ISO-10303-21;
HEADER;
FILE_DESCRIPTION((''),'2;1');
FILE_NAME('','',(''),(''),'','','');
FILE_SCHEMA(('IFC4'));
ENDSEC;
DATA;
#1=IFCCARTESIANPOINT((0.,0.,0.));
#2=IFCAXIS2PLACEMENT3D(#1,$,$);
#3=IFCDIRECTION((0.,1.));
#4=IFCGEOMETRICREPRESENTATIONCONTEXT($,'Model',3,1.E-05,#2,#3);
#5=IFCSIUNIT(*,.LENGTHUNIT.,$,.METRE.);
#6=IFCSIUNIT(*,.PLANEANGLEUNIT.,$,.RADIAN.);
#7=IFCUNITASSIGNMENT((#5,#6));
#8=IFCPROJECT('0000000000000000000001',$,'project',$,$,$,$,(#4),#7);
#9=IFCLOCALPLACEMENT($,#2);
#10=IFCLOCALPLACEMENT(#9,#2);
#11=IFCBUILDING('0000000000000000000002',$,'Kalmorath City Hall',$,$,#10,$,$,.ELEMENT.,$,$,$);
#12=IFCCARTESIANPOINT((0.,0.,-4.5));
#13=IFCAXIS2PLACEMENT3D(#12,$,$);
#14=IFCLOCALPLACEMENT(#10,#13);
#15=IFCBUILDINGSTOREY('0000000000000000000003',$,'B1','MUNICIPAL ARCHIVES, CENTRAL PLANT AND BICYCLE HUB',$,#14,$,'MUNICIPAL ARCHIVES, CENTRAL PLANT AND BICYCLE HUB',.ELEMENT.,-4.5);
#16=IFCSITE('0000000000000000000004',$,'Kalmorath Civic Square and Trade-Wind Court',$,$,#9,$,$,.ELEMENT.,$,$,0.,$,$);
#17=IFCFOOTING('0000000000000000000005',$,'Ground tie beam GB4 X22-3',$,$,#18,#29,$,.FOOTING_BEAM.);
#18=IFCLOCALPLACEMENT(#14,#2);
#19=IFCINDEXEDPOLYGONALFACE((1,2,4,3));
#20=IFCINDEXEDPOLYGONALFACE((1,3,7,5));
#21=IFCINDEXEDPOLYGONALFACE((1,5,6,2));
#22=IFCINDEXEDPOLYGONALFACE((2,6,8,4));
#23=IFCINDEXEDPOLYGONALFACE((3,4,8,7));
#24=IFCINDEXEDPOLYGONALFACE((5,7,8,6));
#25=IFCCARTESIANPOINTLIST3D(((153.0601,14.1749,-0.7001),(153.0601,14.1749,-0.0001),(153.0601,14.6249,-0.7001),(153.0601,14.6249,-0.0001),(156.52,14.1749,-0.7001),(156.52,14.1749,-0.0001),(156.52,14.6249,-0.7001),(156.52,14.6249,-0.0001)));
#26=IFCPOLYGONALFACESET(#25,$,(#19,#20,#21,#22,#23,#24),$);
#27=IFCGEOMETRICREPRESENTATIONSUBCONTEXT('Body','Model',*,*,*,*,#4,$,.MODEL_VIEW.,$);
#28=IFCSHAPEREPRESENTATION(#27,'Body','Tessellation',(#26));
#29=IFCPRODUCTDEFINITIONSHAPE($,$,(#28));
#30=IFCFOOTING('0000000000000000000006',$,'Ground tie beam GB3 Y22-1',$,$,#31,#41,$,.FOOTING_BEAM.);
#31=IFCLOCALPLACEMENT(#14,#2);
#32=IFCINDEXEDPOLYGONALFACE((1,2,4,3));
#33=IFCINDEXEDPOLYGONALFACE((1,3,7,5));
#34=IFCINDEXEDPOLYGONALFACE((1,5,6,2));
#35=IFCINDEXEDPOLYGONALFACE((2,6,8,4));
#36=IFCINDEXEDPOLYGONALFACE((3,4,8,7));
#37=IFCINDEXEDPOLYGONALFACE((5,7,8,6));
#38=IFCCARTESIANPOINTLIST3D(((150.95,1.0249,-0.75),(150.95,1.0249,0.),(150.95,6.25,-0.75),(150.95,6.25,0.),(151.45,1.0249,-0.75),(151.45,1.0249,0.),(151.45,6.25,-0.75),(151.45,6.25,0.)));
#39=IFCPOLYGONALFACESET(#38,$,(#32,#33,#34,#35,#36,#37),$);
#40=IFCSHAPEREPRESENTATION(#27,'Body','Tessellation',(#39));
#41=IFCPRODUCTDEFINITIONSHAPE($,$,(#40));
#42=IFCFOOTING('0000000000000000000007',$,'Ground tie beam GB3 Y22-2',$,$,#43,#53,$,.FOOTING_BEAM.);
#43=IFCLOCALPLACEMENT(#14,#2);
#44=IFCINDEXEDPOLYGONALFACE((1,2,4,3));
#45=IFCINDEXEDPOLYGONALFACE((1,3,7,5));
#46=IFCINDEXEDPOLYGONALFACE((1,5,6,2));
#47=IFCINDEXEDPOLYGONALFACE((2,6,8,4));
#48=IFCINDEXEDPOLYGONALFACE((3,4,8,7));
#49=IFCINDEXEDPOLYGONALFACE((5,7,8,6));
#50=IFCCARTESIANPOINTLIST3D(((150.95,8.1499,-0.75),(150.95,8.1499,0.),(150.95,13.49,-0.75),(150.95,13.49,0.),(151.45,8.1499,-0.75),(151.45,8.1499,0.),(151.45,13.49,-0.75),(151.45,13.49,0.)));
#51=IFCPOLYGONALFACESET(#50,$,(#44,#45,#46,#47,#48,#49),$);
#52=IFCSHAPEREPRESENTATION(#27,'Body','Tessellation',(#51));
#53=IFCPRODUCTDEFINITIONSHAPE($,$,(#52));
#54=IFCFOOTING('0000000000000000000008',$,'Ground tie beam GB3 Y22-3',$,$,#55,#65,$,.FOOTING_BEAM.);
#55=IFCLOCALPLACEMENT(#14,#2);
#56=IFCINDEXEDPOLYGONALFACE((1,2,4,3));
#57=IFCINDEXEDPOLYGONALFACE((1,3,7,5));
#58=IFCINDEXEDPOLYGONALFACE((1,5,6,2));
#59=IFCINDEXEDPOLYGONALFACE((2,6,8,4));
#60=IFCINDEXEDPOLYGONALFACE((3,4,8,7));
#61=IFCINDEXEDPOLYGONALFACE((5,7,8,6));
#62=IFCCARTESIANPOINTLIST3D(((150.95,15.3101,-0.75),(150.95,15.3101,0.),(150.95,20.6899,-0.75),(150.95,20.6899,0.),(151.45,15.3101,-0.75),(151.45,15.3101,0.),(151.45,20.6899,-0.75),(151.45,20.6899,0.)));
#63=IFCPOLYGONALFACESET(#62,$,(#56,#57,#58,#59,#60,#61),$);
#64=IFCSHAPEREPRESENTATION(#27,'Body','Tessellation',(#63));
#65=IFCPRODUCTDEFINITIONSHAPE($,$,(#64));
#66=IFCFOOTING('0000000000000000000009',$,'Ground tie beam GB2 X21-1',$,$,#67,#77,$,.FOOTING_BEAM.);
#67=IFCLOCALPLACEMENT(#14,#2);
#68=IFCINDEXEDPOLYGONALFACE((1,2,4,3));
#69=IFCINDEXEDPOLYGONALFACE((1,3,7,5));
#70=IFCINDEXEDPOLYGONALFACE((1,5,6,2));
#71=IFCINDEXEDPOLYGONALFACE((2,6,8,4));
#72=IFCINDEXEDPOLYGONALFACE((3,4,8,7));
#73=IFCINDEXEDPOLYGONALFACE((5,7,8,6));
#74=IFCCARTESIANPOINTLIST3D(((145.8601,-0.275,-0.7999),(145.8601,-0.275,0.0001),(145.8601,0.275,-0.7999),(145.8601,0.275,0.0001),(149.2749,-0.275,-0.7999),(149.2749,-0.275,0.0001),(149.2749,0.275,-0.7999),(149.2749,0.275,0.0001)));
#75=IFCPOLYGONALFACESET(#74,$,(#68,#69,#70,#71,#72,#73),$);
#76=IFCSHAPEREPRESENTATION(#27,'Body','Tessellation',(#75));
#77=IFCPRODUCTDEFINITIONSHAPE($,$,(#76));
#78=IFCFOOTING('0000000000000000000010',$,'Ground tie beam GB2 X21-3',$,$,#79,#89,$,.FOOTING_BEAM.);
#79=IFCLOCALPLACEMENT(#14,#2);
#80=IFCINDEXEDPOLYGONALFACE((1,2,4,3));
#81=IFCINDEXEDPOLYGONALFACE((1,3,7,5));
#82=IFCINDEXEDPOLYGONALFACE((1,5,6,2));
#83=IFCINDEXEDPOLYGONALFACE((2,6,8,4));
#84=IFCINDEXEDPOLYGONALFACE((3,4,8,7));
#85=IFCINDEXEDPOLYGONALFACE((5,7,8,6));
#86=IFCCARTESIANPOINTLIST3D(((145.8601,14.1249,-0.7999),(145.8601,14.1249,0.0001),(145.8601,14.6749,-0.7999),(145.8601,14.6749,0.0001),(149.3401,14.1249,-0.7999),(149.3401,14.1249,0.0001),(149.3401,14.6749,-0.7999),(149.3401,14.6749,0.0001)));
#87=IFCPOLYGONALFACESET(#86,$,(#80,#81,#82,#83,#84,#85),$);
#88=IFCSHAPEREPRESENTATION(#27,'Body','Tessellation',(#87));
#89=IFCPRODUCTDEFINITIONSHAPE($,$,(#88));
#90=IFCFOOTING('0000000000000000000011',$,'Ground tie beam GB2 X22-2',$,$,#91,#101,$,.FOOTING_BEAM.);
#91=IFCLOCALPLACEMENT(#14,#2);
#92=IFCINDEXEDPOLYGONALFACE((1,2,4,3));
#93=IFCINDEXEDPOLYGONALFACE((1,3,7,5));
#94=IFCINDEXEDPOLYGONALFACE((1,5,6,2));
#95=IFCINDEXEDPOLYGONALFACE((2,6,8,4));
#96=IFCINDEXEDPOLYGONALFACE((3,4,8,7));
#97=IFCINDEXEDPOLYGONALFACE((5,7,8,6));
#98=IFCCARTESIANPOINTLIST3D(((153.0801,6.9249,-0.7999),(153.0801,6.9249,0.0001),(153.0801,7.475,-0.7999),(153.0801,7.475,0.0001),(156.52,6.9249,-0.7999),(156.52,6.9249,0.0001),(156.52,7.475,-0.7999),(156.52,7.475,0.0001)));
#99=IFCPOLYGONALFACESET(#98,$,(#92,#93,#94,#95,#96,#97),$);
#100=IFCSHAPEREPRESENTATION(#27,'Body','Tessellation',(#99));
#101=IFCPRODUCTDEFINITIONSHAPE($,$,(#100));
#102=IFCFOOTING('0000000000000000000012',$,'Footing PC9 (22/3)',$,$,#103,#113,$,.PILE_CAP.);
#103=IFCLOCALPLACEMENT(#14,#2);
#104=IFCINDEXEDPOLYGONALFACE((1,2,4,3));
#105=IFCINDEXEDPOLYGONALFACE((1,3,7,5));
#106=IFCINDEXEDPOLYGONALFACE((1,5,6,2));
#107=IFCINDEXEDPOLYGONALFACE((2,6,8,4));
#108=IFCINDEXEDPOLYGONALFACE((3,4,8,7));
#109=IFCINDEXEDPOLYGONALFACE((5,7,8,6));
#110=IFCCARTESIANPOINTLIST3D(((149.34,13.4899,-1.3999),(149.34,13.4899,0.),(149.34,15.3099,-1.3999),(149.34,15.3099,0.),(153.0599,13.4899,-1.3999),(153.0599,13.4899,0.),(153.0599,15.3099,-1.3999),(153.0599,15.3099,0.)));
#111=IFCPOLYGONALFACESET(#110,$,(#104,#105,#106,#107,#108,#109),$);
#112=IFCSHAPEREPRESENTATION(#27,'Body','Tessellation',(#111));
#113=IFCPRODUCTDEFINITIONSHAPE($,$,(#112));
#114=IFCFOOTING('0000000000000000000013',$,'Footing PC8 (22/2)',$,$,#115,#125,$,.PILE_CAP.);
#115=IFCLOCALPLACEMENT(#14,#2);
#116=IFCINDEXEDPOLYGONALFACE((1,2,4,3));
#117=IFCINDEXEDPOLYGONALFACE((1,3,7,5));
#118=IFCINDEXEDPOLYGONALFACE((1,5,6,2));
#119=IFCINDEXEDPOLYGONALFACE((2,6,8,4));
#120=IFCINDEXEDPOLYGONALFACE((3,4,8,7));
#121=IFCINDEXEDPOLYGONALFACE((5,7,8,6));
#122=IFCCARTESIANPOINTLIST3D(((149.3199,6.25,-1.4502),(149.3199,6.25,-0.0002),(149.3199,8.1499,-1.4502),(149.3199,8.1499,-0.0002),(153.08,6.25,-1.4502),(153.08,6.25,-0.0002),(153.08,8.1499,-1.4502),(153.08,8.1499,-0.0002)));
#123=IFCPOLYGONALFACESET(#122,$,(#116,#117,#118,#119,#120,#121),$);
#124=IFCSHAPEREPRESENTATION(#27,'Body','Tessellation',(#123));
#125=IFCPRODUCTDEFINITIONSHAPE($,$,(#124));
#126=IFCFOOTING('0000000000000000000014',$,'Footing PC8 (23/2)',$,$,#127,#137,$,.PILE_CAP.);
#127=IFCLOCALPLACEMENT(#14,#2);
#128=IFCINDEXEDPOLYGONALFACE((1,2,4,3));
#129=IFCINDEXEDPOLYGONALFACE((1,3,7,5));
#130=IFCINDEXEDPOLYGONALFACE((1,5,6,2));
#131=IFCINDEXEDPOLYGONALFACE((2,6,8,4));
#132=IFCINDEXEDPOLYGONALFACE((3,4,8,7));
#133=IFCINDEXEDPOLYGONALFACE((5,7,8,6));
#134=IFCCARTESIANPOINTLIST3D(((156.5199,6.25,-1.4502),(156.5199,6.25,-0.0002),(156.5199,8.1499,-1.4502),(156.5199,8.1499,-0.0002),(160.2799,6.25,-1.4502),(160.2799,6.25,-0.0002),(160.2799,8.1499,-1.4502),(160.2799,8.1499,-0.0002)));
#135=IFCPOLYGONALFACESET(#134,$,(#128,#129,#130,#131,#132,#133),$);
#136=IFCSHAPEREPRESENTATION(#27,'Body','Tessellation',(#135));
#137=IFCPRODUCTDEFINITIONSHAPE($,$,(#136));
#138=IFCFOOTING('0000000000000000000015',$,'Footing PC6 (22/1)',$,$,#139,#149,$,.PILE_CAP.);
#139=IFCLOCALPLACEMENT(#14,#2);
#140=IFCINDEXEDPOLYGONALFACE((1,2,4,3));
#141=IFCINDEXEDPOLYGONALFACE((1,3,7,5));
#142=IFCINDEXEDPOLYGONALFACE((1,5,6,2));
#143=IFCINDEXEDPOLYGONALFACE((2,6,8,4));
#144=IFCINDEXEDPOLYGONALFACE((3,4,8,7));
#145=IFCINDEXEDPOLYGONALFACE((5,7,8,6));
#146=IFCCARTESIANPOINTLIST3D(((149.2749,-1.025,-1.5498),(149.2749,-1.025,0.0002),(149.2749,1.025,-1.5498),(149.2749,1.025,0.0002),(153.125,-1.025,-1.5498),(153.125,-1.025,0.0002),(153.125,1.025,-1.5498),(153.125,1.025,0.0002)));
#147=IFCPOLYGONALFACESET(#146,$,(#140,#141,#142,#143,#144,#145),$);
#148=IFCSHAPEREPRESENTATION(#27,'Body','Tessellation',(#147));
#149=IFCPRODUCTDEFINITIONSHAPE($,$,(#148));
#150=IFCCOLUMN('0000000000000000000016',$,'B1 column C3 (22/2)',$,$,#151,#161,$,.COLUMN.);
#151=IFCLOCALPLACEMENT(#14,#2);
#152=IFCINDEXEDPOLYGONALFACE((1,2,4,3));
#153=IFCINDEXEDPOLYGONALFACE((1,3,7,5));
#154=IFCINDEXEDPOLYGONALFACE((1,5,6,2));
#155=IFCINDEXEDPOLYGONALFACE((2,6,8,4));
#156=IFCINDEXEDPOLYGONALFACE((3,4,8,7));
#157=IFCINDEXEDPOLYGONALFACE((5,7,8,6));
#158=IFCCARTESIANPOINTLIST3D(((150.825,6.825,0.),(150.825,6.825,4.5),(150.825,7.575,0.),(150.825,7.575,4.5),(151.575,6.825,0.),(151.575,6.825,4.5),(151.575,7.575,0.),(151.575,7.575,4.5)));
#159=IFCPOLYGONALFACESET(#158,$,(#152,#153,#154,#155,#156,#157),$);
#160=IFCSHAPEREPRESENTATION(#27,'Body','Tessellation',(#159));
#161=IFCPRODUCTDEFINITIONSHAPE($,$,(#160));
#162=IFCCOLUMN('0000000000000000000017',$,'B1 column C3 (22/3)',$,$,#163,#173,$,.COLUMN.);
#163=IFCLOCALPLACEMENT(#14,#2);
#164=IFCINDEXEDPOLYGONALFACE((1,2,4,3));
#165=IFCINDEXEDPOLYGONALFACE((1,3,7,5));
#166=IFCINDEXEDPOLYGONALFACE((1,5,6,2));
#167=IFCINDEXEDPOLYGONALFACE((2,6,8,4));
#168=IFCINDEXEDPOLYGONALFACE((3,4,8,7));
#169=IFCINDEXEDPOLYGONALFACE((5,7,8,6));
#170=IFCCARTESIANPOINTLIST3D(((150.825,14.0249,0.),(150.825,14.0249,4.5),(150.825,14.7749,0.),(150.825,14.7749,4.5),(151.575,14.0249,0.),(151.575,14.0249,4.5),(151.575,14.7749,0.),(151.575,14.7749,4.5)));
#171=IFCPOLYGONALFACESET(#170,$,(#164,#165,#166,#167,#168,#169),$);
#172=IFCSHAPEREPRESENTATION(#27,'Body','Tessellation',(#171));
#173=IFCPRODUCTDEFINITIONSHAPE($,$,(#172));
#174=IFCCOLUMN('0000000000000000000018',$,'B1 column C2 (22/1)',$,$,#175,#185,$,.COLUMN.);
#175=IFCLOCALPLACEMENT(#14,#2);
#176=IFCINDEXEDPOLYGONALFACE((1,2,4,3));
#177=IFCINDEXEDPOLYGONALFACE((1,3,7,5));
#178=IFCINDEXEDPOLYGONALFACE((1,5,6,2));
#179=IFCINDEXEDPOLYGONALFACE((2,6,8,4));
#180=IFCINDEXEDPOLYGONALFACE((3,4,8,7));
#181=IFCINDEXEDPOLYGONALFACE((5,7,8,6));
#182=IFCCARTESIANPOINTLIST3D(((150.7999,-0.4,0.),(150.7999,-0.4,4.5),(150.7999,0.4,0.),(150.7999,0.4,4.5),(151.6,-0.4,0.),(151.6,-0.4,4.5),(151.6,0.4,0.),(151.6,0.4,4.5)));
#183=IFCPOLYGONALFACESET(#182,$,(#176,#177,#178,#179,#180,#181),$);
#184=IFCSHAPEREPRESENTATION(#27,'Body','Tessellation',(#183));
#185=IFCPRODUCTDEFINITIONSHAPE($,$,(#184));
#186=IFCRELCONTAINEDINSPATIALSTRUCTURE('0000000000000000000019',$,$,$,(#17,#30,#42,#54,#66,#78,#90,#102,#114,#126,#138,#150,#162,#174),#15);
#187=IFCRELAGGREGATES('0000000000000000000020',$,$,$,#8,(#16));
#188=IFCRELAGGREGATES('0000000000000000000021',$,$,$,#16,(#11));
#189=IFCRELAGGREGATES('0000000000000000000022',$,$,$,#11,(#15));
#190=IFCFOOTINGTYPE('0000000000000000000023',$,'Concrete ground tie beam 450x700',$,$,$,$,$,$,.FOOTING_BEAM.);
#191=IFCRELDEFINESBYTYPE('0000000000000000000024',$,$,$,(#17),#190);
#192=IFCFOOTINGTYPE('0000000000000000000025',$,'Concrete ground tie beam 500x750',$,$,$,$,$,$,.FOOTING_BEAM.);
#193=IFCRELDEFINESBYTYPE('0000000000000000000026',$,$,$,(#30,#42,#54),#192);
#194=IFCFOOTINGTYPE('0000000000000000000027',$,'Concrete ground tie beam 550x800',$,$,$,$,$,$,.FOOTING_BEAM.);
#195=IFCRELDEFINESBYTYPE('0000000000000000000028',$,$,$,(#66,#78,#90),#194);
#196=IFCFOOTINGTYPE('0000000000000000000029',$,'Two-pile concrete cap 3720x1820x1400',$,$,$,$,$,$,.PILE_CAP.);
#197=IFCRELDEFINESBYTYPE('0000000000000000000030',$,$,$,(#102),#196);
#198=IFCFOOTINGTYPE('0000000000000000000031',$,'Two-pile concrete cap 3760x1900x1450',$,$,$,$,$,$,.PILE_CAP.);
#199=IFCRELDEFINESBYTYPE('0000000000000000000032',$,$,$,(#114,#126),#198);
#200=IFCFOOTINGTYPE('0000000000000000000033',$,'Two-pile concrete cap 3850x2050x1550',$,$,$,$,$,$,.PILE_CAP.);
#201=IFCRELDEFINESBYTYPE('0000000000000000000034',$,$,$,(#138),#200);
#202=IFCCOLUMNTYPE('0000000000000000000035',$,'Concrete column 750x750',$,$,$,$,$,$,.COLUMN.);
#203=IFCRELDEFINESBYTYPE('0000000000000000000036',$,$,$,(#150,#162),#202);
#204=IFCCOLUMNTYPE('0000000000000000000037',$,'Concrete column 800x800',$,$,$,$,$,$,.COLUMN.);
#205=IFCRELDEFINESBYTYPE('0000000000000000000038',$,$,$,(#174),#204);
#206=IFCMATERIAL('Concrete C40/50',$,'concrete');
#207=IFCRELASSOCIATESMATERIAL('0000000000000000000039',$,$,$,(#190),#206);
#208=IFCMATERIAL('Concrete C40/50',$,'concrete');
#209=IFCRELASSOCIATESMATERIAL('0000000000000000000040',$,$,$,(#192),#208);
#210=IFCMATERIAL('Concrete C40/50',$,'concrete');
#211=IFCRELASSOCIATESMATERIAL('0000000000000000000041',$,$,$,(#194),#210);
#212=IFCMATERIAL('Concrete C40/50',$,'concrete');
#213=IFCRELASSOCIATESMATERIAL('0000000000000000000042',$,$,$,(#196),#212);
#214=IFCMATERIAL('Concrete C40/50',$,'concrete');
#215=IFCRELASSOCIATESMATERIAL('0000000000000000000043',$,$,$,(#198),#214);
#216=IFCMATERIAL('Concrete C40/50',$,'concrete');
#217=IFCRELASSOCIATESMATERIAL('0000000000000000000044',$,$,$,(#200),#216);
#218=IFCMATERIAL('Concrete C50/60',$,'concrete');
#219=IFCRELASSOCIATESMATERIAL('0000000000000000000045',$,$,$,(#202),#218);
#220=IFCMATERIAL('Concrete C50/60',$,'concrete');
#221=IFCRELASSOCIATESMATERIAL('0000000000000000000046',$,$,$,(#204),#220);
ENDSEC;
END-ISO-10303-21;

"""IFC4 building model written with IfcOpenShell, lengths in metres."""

from ifc_helpers import new_model, si_unit, direction, frame, origin, origin_2d, place, context, subcontext, project, spatial, rectangle, extrude, material, material_profile, profile_set, type_object, element, save


model = new_model("IFC4")

# Units and contexts
model_context = context("Model", 3, precision=1e-05, world=origin(), true_north=direction((0.0, 1.0)))
body_context = subcontext(model_context, "Body", "Model", "MODEL_VIEW")
ifc_project = project(units=[si_unit("LENGTHUNIT", "METRE"), si_unit("PLANEANGLEUNIT", "RADIAN")], contexts=[model_context])

# Site, building, storey
site_placement = place(None, origin())
site = spatial("IfcSite", under=ifc_project, at=site_placement, Name="Kalmorath Civic Square and Trade-Wind Court", CompositionType="ELEMENT", RefElevation=0.0)
building_placement = place(site_placement, origin())
building = spatial("IfcBuilding", under=site, at=building_placement, Name="Kalmorath City Hall", CompositionType="ELEMENT")
storey_placement = place(building_placement, frame((0.0, 0.0, -4.5)))
storey = spatial("IfcBuildingStorey", under=building, at=storey_placement, Name="B1", Description="MUNICIPAL ARCHIVES, CENTRAL PLANT AND BICYCLE HUB", LongName="MUNICIPAL ARCHIVES, CENTRAL PLANT AND BICYCLE HUB", CompositionType="ELEMENT", Elevation=-4.5)

# Footings
ifc_material_1 = material(Name="Concrete C40/50", Category="concrete")
ifc_material_profile_1 = material_profile(ifc_material_1, rectangle(XDim=0.45, YDim=0.7, at=origin_2d()), Name="RC-BM-450X700")
ifc_profile_set_1 = profile_set([ifc_material_profile_1], Name="Concrete C40/50")
footing_type_1 = type_object("IfcFootingType", Name="Concrete ground tie beam 450x700", PredefinedType="FOOTING_BEAM", material=ifc_profile_set_1)
footing_1_placement = place(storey_placement, frame((153.0601, 14.3999, -0.3501), z_axis=(1.0, 0.0, 0.0), x_axis=(0.0, 1.0, 0.0)))
element("IfcFooting", 1, at=footing_1_placement, inside=storey, type_object=footing_type_1, Name="Ground tie beam GB4 X22-3", PredefinedType="FOOTING_BEAM", context=body_context, shape_type="SweptSolid", body=[
    extrude(rectangle(XDim=0.45, YDim=0.7, at=origin_2d()), origin(), (0.0, 0.0, 1.0), 3.46),
])
ifc_material_2 = material(Name="Concrete C40/50", Category="concrete")
ifc_material_profile_2 = material_profile(ifc_material_2, rectangle(XDim=0.5, YDim=0.75, at=origin_2d()), Name="RC-BM-500X750")
ifc_profile_set_2 = profile_set([ifc_material_profile_2], Name="Concrete C40/50")
footing_type_2 = type_object("IfcFootingType", Name="Concrete ground tie beam 500x750", PredefinedType="FOOTING_BEAM", material=ifc_profile_set_2)
footing_2_placement = place(storey_placement, frame((151.2, 1.0249, -0.375), z_axis=(0.0, 1.0, 0.0), x_axis=(-1.0, 0.0, 0.0)))
element("IfcFooting", 2, at=footing_2_placement, inside=storey, type_object=footing_type_2, Name="Ground tie beam GB3 Y22-1", PredefinedType="FOOTING_BEAM", context=body_context, shape_type="SweptSolid", body=[
    extrude(rectangle(XDim=0.5, YDim=0.75, at=origin_2d()), origin(), (0.0, 0.0, 1.0), 5.2251),
])
footing_3_placement = place(storey_placement, frame((151.2, 8.1499, -0.375), z_axis=(0.0, 1.0, 0.0), x_axis=(-1.0, 0.0, 0.0)))
element("IfcFooting", 3, at=footing_3_placement, inside=storey, type_object=footing_type_2, Name="Ground tie beam GB3 Y22-2", PredefinedType="FOOTING_BEAM", context=body_context, shape_type="SweptSolid", body=[
    extrude(rectangle(XDim=0.5, YDim=0.75, at=origin_2d()), origin(), (0.0, 0.0, 1.0), 5.3401),
])
footing_4_placement = place(storey_placement, frame((151.2, 15.3101, -0.375), z_axis=(0.0, 1.0, 0.0), x_axis=(-1.0, 0.0, 0.0)))
element("IfcFooting", 4, at=footing_4_placement, inside=storey, type_object=footing_type_2, Name="Ground tie beam GB3 Y22-3", PredefinedType="FOOTING_BEAM", context=body_context, shape_type="SweptSolid", body=[
    extrude(rectangle(XDim=0.5, YDim=0.75, at=origin_2d()), origin(), (0.0, 0.0, 1.0), 5.3799),
])
ifc_material_3 = material(Name="Concrete C40/50", Category="concrete")
ifc_material_profile_3 = material_profile(ifc_material_3, rectangle(XDim=0.55, YDim=0.8, at=origin_2d()), Name="RC-BM-550X800")
ifc_profile_set_3 = profile_set([ifc_material_profile_3], Name="Concrete C40/50")
footing_type_3 = type_object("IfcFootingType", Name="Concrete ground tie beam 550x800", PredefinedType="FOOTING_BEAM", material=ifc_profile_set_3)
footing_5_placement = place(storey_placement, frame((145.8601, 0.0, -0.3999), z_axis=(1.0, 0.0, 0.0), x_axis=(0.0, 1.0, 0.0)))
element("IfcFooting", 5, at=footing_5_placement, inside=storey, type_object=footing_type_3, Name="Ground tie beam GB2 X21-1", PredefinedType="FOOTING_BEAM", context=body_context, shape_type="SweptSolid", body=[
    extrude(rectangle(XDim=0.55, YDim=0.8, at=origin_2d()), origin(), (0.0, 0.0, 1.0), 3.4148),
])
footing_6_placement = place(storey_placement, frame((145.8601, 14.3999, -0.3999), z_axis=(1.0, 0.0, 0.0), x_axis=(0.0, 1.0, 0.0)))
element("IfcFooting", 6, at=footing_6_placement, inside=storey, type_object=footing_type_3, Name="Ground tie beam GB2 X21-3", PredefinedType="FOOTING_BEAM", context=body_context, shape_type="SweptSolid", body=[
    extrude(rectangle(XDim=0.55, YDim=0.8, at=origin_2d()), origin(), (0.0, 0.0, 1.0), 3.48),
])
footing_7_placement = place(storey_placement, frame((153.0801, 7.2, -0.3999), z_axis=(1.0, 0.0, 0.0), x_axis=(0.0, 1.0, 0.0)))
element("IfcFooting", 7, at=footing_7_placement, inside=storey, type_object=footing_type_3, Name="Ground tie beam GB2 X22-2", PredefinedType="FOOTING_BEAM", context=body_context, shape_type="SweptSolid", body=[
    extrude(rectangle(XDim=0.55, YDim=0.8, at=origin_2d()), origin(), (0.0, 0.0, 1.0), 3.4399),
])
ifc_material_4 = material(Name="Concrete C40/50", Category="concrete")
footing_type_4 = type_object("IfcFootingType", Name="Two-pile concrete cap 3720x1820x1400", PredefinedType="PILE_CAP", material=ifc_material_4)
footing_8_placement = place(storey_placement, frame((151.2, 14.3999, -1.3999), z_axis=(0.0, 0.0, 1.0), x_axis=(1.0, 0.0, 0.0)))
element("IfcFooting", 8, at=footing_8_placement, inside=storey, type_object=footing_type_4, Name="Footing PC9 (22/3)", PredefinedType="PILE_CAP", context=body_context, shape_type="SweptSolid", body=[
    extrude(rectangle(XDim=3.72, YDim=1.8201, at=origin_2d()), origin(), (0.0, 0.0, 1.0), 1.3999),
])
ifc_material_5 = material(Name="Concrete C40/50", Category="concrete")
footing_type_5 = type_object("IfcFootingType", Name="Two-pile concrete cap 3760x1900x1450", PredefinedType="PILE_CAP", material=ifc_material_5)
for number, where, z_axis, x_axis, name in (
    (9, (151.2, 7.2, -1.4502), (0.0, 0.0, 1.0), (1.0, 0.0, 0.0), "Footing PC8 (22/2)"),
    (10, (158.3999, 7.2, -1.4502), (0.0, 0.0, 1.0), (1.0, 0.0, 0.0), "Footing PC8 (23/2)"),
):
    element("IfcFooting", number, at=place(storey_placement, frame(where, z_axis=z_axis, x_axis=x_axis)), inside=storey, type_object=footing_type_5, Name=name, PredefinedType="PILE_CAP", context=body_context, shape_type="SweptSolid", body=[
        extrude(rectangle(XDim=3.76, YDim=1.8999, at=origin_2d()), origin(), (0.0, 0.0, 1.0), 1.45),
    ])
ifc_material_6 = material(Name="Concrete C40/50", Category="concrete")
footing_type_6 = type_object("IfcFootingType", Name="Two-pile concrete cap 3850x2050x1550", PredefinedType="PILE_CAP", material=ifc_material_6)
footing_9_placement = place(storey_placement, frame((151.2, 0.0, -1.5498), z_axis=(0.0, 0.0, 1.0), x_axis=(1.0, 0.0, 0.0)))
element("IfcFooting", 11, at=footing_9_placement, inside=storey, type_object=footing_type_6, Name="Footing PC6 (22/1)", PredefinedType="PILE_CAP", context=body_context, shape_type="SweptSolid", body=[
    extrude(rectangle(XDim=3.8501, YDim=2.05, at=origin_2d()), origin(), (0.0, 0.0, 1.0), 1.55),
])

# Columns
ifc_material_7 = material(Name="Concrete C50/60", Category="concrete")
ifc_material_profile_4 = material_profile(ifc_material_7, rectangle(XDim=0.75, YDim=0.75, at=origin_2d()), Name="RC-COL-750X750")
ifc_profile_set_4 = profile_set([ifc_material_profile_4], Name="Concrete C50/60")
column_type_1 = type_object("IfcColumnType", Name="Concrete column 750x750", PredefinedType="COLUMN", material=ifc_profile_set_4)
for number, where, z_axis, x_axis, name in (
    (12, (151.2, 7.2, 0.0), (0.0, 0.0, 1.0), (1.0, 0.0, 0.0), "B1 column C3 (22/2)"),
    (13, (151.2, 14.3999, 0.0), (0.0, 0.0, 1.0), (1.0, 0.0, 0.0), "B1 column C3 (22/3)"),
):
    element("IfcColumn", number, at=place(storey_placement, frame(where, z_axis=z_axis, x_axis=x_axis)), inside=storey, type_object=column_type_1, Name=name, PredefinedType="COLUMN", context=body_context, shape_type="SweptSolid", body=[
        extrude(rectangle(XDim=0.75, YDim=0.75, at=origin_2d()), origin(), (0.0, 0.0, 1.0), 4.5),
    ])
ifc_material_8 = material(Name="Concrete C50/60", Category="concrete")
ifc_material_profile_5 = material_profile(ifc_material_8, rectangle(XDim=0.8, YDim=0.8, at=origin_2d()), Name="RC-COL-800X800")
ifc_profile_set_5 = profile_set([ifc_material_profile_5], Name="Concrete C50/60")
column_type_2 = type_object("IfcColumnType", Name="Concrete column 800x800", PredefinedType="COLUMN", material=ifc_profile_set_5)
for number, where, z_axis, x_axis, name in (
    (14, (151.2, 0.0, 0.0), (0.0, 0.0, 1.0), (1.0, 0.0, 0.0), "B1 column C2 (22/1)"),
):
    element("IfcColumn", number, at=place(storey_placement, frame(where, z_axis=z_axis, x_axis=x_axis)), inside=storey, type_object=column_type_2, Name=name, PredefinedType="COLUMN", context=body_context, shape_type="SweptSolid", body=[
        extrude(rectangle(XDim=0.8, YDim=0.8, at=origin_2d()), origin(), (0.0, 0.0, 1.0), 4.5),
    ])

save(model, "model.ifc")
